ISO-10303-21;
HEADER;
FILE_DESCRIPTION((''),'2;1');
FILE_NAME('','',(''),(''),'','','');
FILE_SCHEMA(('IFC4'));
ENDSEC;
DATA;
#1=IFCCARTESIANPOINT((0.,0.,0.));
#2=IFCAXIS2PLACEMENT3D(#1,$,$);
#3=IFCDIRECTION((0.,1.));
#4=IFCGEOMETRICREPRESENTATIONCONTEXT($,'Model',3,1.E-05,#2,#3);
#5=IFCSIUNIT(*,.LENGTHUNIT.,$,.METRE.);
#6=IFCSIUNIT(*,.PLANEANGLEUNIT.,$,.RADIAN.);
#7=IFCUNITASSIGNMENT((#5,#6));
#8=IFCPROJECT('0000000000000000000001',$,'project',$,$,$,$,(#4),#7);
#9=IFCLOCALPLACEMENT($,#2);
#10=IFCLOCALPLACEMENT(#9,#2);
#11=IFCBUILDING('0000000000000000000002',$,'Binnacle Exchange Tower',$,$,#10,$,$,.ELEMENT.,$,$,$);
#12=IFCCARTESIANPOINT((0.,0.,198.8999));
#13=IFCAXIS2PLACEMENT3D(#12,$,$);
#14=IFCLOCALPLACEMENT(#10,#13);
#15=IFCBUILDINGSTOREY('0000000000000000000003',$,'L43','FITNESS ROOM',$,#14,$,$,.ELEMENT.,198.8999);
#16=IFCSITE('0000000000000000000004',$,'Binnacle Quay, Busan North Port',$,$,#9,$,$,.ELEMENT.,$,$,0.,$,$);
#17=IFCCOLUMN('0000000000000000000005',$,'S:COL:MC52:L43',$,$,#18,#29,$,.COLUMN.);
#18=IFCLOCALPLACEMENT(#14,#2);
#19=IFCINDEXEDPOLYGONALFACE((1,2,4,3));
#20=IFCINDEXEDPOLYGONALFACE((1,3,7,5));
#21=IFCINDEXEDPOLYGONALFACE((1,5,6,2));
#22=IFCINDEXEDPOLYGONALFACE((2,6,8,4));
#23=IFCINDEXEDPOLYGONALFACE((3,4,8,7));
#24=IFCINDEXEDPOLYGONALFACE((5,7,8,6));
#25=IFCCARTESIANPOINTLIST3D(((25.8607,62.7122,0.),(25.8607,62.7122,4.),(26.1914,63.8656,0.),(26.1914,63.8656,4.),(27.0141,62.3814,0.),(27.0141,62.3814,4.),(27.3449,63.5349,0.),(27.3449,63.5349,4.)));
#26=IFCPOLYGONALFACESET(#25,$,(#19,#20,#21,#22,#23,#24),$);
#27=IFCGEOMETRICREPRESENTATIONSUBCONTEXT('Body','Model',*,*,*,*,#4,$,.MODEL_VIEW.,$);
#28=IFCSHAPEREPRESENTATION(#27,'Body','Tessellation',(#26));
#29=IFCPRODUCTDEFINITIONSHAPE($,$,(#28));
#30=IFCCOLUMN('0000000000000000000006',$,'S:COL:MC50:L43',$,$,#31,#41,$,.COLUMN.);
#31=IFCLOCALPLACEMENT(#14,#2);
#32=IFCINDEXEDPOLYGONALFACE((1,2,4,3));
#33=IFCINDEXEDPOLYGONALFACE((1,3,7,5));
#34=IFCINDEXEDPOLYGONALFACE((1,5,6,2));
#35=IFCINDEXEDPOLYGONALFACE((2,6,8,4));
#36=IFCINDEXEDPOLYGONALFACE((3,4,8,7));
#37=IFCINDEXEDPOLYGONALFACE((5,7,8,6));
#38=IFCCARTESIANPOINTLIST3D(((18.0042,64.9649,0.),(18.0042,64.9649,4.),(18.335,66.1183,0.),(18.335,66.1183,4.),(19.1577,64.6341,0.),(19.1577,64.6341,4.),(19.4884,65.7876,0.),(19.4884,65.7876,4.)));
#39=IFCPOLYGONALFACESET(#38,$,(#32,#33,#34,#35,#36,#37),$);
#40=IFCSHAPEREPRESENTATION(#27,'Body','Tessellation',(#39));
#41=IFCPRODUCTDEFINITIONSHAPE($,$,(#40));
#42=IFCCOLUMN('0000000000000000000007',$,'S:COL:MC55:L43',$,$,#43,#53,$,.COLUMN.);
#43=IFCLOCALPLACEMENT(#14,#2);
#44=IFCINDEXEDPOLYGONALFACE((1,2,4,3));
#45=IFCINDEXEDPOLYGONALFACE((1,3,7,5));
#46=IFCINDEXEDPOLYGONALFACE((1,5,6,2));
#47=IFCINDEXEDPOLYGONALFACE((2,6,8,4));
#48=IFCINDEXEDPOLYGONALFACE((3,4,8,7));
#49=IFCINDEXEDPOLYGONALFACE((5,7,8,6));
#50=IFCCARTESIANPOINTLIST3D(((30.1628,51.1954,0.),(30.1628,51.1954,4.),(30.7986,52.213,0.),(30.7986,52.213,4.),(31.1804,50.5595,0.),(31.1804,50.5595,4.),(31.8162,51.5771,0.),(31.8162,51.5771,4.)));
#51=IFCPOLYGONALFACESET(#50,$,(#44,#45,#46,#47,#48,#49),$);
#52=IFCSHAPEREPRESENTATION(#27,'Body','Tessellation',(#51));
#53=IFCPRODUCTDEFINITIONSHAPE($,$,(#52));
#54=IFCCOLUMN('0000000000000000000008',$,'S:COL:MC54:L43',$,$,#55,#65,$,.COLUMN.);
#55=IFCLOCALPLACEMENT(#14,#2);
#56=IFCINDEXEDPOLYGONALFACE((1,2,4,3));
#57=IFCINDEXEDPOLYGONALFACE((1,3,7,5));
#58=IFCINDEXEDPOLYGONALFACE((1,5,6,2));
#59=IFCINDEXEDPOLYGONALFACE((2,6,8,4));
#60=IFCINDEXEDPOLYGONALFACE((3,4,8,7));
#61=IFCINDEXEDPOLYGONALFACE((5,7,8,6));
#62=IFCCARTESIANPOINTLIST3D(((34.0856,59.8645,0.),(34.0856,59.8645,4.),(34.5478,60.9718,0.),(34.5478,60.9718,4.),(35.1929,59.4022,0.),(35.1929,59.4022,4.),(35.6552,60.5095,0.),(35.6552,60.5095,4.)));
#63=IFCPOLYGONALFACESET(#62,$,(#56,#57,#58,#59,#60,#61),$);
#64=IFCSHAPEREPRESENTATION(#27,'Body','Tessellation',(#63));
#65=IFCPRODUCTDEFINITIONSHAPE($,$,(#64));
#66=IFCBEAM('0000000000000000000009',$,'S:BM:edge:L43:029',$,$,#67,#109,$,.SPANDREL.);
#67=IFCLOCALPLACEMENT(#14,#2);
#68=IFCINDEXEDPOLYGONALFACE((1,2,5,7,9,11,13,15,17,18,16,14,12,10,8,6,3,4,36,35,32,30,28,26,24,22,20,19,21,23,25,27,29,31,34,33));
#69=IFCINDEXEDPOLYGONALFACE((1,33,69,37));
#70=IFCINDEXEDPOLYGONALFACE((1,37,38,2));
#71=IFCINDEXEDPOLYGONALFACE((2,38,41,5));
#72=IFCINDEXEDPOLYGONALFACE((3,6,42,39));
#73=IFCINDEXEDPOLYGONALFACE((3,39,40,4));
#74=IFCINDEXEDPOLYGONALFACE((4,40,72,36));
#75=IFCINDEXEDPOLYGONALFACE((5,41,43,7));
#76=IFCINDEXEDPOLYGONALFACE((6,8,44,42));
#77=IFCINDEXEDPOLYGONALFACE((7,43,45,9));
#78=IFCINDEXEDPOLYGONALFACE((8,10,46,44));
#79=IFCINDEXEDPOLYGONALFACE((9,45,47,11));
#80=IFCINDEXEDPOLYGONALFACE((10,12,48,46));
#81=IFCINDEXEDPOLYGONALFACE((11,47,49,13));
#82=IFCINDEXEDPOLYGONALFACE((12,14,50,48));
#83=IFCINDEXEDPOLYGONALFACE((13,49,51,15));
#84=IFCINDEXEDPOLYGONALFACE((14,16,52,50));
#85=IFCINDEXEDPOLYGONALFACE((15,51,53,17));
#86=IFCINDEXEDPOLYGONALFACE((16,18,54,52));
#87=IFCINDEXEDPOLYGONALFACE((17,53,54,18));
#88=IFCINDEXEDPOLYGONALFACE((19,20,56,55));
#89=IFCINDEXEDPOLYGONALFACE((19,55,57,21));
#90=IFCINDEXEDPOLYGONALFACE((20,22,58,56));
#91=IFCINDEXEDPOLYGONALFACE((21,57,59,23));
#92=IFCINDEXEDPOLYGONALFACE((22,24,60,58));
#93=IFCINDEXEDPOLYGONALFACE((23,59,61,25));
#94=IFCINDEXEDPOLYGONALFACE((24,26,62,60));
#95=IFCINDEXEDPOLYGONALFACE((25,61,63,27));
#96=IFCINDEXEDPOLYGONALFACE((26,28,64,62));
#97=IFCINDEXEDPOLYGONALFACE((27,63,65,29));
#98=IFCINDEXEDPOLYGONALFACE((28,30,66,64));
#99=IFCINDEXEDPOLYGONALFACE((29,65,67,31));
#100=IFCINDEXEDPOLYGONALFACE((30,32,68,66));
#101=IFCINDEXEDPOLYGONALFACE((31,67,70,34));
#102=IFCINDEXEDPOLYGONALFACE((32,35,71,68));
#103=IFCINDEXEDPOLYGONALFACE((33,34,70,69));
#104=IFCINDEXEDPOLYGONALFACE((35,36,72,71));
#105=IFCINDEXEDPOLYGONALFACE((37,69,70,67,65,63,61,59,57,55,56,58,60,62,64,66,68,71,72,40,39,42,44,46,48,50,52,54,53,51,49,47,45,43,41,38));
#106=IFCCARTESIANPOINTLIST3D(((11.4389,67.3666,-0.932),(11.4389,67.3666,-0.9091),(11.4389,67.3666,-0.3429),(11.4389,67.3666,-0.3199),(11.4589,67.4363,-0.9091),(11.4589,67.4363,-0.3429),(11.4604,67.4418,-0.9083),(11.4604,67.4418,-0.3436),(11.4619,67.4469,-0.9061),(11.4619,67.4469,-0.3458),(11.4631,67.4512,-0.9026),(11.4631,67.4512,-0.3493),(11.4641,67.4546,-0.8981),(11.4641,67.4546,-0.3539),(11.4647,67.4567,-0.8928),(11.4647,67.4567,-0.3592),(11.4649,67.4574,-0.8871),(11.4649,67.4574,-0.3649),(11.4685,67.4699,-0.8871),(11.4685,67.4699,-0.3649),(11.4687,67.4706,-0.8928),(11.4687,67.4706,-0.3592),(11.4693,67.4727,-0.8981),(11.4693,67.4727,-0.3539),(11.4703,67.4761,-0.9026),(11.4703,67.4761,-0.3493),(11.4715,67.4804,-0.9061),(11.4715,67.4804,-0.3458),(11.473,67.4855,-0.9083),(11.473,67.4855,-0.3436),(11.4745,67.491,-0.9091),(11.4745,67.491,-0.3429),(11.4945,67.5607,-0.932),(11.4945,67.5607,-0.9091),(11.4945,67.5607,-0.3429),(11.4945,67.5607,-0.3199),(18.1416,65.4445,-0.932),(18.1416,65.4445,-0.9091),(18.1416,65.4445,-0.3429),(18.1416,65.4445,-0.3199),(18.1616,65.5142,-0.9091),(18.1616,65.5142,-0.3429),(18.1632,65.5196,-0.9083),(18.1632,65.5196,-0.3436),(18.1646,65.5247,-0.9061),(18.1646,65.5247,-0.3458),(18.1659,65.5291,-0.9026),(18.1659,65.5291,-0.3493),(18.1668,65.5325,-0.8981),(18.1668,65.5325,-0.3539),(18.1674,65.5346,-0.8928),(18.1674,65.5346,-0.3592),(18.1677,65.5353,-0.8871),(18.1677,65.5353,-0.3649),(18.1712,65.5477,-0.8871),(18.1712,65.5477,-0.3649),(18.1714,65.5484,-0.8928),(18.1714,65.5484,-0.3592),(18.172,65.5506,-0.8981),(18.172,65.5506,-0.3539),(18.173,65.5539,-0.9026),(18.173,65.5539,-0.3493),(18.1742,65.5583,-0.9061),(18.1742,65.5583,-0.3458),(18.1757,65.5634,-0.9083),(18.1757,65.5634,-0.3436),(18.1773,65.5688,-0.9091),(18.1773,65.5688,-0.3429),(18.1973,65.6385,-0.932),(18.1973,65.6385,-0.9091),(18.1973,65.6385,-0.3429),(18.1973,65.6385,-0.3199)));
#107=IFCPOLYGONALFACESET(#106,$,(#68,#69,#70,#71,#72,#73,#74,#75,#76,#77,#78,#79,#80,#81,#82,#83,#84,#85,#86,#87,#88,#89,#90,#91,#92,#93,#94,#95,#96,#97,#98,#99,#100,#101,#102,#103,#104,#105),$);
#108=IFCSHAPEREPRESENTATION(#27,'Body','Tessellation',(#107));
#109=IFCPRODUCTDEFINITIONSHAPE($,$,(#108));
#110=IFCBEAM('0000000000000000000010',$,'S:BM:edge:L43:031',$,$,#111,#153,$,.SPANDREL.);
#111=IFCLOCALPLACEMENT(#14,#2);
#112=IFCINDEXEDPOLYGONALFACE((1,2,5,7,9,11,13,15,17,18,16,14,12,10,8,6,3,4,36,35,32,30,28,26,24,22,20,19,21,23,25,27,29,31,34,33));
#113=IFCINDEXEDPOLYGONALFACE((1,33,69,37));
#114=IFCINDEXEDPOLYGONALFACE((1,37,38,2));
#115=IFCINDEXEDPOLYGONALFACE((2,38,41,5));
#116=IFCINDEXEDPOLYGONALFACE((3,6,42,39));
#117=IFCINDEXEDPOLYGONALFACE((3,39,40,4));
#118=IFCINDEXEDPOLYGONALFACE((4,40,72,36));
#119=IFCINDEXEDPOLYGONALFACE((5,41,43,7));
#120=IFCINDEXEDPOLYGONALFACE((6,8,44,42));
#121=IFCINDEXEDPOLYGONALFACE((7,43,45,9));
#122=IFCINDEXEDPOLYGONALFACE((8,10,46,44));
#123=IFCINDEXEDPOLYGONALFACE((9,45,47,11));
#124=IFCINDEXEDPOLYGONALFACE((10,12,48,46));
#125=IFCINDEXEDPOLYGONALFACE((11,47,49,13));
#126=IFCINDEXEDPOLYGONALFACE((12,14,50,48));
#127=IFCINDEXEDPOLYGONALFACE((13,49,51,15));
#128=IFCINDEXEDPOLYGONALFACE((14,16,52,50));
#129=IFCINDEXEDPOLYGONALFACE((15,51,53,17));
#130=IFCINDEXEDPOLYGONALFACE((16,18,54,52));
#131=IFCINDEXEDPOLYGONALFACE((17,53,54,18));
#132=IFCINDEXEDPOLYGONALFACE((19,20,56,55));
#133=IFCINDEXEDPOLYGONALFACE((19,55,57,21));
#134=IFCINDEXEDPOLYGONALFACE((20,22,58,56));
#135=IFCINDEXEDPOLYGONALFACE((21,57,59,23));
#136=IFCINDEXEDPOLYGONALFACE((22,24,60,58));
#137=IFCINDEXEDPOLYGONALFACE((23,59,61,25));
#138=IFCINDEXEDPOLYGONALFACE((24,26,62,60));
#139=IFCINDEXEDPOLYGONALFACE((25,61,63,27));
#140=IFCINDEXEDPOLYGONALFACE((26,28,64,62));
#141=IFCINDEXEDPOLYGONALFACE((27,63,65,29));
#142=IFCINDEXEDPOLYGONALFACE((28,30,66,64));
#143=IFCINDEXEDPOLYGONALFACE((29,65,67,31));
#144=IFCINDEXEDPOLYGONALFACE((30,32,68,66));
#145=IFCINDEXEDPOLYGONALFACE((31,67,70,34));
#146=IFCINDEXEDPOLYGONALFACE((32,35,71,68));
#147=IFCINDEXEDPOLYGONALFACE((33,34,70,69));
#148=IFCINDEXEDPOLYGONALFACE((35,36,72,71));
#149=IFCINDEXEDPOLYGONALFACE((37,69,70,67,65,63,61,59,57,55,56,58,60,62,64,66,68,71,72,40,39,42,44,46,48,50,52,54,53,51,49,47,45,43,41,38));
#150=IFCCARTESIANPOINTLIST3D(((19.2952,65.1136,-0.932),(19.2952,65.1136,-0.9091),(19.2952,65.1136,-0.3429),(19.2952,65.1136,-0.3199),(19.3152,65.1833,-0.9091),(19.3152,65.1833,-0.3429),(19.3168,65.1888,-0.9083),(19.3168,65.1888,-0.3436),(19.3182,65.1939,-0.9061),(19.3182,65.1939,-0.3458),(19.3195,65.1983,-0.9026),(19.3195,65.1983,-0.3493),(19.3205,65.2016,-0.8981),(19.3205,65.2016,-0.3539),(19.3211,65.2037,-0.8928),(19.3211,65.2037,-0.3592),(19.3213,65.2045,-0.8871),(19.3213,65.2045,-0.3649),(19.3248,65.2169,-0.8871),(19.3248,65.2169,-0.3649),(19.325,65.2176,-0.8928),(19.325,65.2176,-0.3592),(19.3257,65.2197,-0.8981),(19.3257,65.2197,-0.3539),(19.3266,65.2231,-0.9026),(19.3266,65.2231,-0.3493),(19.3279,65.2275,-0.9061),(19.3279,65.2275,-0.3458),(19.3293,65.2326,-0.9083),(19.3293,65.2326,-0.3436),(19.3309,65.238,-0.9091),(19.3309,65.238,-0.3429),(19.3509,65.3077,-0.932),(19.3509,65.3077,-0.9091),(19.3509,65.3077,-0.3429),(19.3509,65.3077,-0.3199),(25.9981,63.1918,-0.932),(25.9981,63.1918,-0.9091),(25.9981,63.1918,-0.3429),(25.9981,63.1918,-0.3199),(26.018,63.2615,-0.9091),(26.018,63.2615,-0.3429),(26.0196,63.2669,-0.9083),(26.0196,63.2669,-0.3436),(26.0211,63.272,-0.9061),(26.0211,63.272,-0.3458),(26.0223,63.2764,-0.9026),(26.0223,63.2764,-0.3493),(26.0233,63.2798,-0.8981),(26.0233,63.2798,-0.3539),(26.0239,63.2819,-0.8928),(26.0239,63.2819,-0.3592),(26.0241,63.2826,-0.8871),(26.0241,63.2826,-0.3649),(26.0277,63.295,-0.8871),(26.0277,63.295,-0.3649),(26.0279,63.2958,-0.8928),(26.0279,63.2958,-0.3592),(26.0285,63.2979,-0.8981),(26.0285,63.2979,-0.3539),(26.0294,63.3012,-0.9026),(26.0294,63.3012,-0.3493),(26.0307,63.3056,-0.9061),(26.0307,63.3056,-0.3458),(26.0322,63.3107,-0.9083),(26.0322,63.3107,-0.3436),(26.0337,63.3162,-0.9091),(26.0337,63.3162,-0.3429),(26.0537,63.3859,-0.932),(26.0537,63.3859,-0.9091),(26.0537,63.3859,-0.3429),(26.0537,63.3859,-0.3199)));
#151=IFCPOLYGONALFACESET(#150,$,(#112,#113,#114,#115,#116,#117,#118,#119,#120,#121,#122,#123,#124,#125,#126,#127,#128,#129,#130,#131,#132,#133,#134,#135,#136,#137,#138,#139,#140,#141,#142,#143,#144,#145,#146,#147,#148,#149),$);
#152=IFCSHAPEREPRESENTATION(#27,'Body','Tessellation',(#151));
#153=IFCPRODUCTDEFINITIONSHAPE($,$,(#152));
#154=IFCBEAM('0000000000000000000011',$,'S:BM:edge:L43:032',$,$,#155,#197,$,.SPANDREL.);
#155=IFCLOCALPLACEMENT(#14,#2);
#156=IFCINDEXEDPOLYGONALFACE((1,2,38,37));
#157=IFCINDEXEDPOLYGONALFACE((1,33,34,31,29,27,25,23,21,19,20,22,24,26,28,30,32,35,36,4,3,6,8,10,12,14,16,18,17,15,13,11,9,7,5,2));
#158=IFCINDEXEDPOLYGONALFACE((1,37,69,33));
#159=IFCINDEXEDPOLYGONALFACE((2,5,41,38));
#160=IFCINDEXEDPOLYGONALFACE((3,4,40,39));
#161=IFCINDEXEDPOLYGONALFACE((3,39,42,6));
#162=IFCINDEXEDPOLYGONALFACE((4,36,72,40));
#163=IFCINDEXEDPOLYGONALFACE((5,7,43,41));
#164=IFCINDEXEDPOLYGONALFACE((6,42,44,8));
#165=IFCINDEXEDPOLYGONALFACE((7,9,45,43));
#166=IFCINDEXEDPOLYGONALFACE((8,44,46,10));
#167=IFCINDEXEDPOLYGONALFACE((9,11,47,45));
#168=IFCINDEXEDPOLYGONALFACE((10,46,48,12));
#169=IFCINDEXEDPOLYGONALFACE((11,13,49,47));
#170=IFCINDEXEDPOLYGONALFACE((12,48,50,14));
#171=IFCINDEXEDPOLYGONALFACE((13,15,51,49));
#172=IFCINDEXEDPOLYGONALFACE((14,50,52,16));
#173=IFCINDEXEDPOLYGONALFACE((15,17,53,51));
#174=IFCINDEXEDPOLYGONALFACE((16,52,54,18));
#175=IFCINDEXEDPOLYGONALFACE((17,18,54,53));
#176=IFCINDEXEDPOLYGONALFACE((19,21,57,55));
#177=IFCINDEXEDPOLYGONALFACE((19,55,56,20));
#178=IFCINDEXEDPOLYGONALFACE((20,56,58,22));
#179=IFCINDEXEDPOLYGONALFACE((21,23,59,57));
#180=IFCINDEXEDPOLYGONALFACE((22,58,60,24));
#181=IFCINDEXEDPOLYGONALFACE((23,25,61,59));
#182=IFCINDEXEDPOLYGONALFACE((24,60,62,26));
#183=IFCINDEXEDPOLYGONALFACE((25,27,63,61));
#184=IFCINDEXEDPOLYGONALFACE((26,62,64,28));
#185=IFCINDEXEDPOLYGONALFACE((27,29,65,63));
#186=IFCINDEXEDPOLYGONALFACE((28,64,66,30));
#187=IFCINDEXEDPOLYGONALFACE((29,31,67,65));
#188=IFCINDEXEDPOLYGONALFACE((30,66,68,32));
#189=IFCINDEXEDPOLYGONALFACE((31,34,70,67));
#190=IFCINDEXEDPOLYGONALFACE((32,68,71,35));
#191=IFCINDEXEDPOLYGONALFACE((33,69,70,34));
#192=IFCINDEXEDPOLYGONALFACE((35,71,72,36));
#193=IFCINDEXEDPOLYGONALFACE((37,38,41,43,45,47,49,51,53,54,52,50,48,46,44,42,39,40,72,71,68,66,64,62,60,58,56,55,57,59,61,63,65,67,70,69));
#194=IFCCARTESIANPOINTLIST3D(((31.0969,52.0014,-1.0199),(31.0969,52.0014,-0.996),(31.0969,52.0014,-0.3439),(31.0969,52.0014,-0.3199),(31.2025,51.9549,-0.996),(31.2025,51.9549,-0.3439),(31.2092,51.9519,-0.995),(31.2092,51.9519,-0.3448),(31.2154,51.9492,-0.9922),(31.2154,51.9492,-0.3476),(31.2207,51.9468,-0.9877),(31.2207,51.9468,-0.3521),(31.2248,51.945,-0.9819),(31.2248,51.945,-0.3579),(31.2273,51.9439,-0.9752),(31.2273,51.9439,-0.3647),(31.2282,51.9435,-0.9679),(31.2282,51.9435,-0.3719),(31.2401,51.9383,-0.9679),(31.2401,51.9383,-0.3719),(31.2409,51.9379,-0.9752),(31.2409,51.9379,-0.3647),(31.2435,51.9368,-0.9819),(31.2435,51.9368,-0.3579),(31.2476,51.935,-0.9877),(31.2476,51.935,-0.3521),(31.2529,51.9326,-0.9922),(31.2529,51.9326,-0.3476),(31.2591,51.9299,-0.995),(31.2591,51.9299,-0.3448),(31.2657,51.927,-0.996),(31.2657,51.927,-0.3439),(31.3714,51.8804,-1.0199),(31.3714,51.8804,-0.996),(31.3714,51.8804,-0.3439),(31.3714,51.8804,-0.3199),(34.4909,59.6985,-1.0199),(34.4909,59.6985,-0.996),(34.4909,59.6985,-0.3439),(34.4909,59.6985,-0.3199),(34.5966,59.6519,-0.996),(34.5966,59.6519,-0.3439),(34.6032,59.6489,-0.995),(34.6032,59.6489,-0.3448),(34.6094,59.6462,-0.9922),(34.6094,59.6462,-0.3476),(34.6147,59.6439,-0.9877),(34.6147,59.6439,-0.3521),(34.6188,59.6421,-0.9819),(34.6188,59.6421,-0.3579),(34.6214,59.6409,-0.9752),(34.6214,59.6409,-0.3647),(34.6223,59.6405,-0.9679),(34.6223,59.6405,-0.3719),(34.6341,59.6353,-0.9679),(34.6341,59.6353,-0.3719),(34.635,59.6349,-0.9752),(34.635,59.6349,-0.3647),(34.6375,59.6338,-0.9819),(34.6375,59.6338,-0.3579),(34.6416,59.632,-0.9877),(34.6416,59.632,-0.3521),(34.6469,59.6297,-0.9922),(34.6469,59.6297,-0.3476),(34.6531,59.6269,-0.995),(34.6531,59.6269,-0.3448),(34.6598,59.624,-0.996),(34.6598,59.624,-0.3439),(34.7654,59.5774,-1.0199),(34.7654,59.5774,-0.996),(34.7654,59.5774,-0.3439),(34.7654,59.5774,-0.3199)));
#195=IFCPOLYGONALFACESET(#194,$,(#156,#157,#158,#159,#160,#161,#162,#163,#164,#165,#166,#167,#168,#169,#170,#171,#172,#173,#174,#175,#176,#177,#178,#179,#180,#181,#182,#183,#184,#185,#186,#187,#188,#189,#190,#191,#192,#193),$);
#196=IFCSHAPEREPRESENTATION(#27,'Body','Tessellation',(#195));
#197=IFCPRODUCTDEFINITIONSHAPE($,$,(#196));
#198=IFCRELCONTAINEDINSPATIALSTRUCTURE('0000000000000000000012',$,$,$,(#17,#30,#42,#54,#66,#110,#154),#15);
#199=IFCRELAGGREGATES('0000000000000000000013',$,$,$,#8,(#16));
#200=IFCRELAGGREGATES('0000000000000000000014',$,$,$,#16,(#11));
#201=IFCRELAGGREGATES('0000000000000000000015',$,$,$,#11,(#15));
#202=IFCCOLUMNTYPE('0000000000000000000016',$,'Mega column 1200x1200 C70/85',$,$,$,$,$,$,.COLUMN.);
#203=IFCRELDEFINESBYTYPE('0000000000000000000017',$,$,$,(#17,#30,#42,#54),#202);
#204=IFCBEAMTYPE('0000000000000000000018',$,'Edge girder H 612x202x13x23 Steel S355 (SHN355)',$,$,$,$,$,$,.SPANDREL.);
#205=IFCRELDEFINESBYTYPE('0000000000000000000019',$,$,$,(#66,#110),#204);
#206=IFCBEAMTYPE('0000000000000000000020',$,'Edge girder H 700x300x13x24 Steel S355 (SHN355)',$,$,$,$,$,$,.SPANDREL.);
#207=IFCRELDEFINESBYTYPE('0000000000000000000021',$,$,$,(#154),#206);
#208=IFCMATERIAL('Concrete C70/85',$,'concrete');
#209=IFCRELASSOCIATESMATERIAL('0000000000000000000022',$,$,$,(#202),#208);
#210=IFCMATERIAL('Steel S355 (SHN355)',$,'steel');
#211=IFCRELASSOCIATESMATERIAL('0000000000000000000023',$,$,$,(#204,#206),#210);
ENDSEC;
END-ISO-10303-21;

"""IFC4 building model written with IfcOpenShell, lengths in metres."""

from ifc_helpers import new_model, si_unit, direction, frame, origin, origin_2d, place, context, subcontext, project, spatial, rectangle, i_section, extrude, material, material_profile, profile_set, type_object, element, save


model = new_model("IFC4")

# Units and contexts
model_context = context("Model", 3, precision=1e-05, world=origin(), true_north=direction((0.0, 1.0)))
body_context = subcontext(model_context, "Body", "Model", "MODEL_VIEW")
ifc_project = project(units=[si_unit("LENGTHUNIT", "METRE"), si_unit("PLANEANGLEUNIT", "RADIAN")], contexts=[model_context])

# Site, building, storey
site_placement = place(None, origin())
site = spatial("IfcSite", under=ifc_project, at=site_placement, Name="Binnacle Quay, Busan North Port", CompositionType="ELEMENT", RefElevation=0.0)
building_placement = place(site_placement, origin())
building = spatial("IfcBuilding", under=site, at=building_placement, Name="Binnacle Exchange Tower", CompositionType="ELEMENT")
storey_placement = place(building_placement, frame((0.0, 0.0, 198.8999)))
storey = spatial("IfcBuildingStorey", under=building, at=storey_placement, Name="L43", Description="FITNESS ROOM", CompositionType="ELEMENT", Elevation=198.8999)

# Columns
ifc_material_1 = material(Name="Concrete C70/85", Category="concrete")
ifc_material_profile_1 = material_profile(ifc_material_1, rectangle(XDim=1.2, YDim=1.2, at=origin_2d()), Name="Mega column 1200x1200 C70/85")
ifc_profile_set_1 = profile_set([ifc_material_profile_1], Name="Concrete C70/85")
column_type = type_object("IfcColumnType", Name="Mega column 1200x1200 C70/85", PredefinedType="COLUMN", material=ifc_profile_set_1)
for number, where, z_axis, x_axis, name in (
    (1, (26.6028, 63.1235, 0.0), (0.0, 0.0, 1.0), (-0.961262, 0.275637, 0.0), "S:COL:MC52:L43"),
    (2, (18.7463, 65.3762, 0.0), (0.0, 0.0, 1.0), (-0.961262, 0.275637, 0.0), "S:COL:MC50:L43"),
    (3, (30.9895, 51.3862, 0.0), (0.0, 0.0, 1.0), (0.529919, 0.848048, 0.0), "S:COL:MC55:L43"),
    (4, (34.8704, 60.187, 0.0), (0.0, 0.0, 1.0), (-0.922814, 0.385246, 0.0), "S:COL:MC54:L43"),
):
    element("IfcColumn", number, at=place(storey_placement, frame(where, z_axis=z_axis, x_axis=x_axis)), inside=storey, type_object=column_type, Name=name, PredefinedType="COLUMN", context=body_context, shape_type="SweptSolid", body=[
        extrude(rectangle(XDim=1.2, YDim=1.2, at=origin_2d()), origin(), (0.0, 0.0, 1.0), 4.0),
    ])

# Beams
ifc_material_2 = material(Name="Steel S355 (SHN355)", Category="steel")
ifc_material_profile_2 = material_profile(ifc_material_2, i_section(OverallWidth=0.2019, OverallDepth=0.6121, WebThickness=0.0129, FlangeThickness=0.0229, FilletRadius=0.022, at=origin_2d()), Name="H 612x202x13x23")
ifc_profile_set_2 = profile_set([ifc_material_profile_2], Name="Steel S355 (SHN355)")
beam_type_1 = type_object("IfcBeamType", Name="Edge girder H 612x202x13x23 Steel S355 (SHN355)", PredefinedType="SPANDREL", material=ifc_profile_set_2)
for number, where, z_axis, x_axis, name in (
    (5, (18.1694, 65.5415, -0.626), (-0.961255, 0.27566, 0.0), (-0.27566, -0.961255, 0.0), "S:BM:edge:L43:029"),
    (6, (26.0259, 63.2888, -0.626), (-0.961267, 0.275618, 0.0), (-0.275618, -0.961267, 0.0), "S:BM:edge:L43:031"),
):
    element("IfcBeam", number, at=place(storey_placement, frame(where, z_axis=z_axis, x_axis=x_axis)), inside=storey, type_object=beam_type_1, Name=name, PredefinedType="SPANDREL", context=body_context, shape_type="SweptSolid", body=[
        extrude(i_section(OverallWidth=0.2019, OverallDepth=0.6121, WebThickness=0.0129, FlangeThickness=0.0229, FilletRadius=0.022, at=origin_2d()), origin(), (0.0, 0.0, 1.0), 6.9729),
    ])
ifc_material_profile_3 = material_profile(ifc_material_2, i_section(OverallWidth=0.3, OverallDepth=0.7, WebThickness=0.0129, FlangeThickness=0.0239, FilletRadius=0.0281, at=origin_2d()), Name="H 700x300x13x24")
ifc_profile_set_3 = profile_set([ifc_material_profile_3], Name="Steel S355 (SHN355)")
beam_type_2 = type_object("IfcBeamType", Name="Edge girder H 700x300x13x24 Steel S355 (SHN355)", PredefinedType="SPANDREL", material=ifc_profile_set_3)
beam_1_placement = place(storey_placement, frame((31.2341, 51.9409, -0.6699), z_axis=(0.403471, 0.914992, 0.0), x_axis=(-0.914992, 0.403471, 0.0)))
element("IfcBeam", 7, at=beam_1_placement, inside=storey, type_object=beam_type_2, Name="S:BM:edge:L43:032", PredefinedType="SPANDREL", context=body_context, shape_type="SweptSolid", body=[
    extrude(i_section(OverallWidth=0.3, OverallDepth=0.7, WebThickness=0.0129, FlangeThickness=0.0239, FilletRadius=0.0281, at=origin_2d()), origin(), (0.0, 0.0, 1.0), 8.4121),
])

save(model, "model.ifc")
